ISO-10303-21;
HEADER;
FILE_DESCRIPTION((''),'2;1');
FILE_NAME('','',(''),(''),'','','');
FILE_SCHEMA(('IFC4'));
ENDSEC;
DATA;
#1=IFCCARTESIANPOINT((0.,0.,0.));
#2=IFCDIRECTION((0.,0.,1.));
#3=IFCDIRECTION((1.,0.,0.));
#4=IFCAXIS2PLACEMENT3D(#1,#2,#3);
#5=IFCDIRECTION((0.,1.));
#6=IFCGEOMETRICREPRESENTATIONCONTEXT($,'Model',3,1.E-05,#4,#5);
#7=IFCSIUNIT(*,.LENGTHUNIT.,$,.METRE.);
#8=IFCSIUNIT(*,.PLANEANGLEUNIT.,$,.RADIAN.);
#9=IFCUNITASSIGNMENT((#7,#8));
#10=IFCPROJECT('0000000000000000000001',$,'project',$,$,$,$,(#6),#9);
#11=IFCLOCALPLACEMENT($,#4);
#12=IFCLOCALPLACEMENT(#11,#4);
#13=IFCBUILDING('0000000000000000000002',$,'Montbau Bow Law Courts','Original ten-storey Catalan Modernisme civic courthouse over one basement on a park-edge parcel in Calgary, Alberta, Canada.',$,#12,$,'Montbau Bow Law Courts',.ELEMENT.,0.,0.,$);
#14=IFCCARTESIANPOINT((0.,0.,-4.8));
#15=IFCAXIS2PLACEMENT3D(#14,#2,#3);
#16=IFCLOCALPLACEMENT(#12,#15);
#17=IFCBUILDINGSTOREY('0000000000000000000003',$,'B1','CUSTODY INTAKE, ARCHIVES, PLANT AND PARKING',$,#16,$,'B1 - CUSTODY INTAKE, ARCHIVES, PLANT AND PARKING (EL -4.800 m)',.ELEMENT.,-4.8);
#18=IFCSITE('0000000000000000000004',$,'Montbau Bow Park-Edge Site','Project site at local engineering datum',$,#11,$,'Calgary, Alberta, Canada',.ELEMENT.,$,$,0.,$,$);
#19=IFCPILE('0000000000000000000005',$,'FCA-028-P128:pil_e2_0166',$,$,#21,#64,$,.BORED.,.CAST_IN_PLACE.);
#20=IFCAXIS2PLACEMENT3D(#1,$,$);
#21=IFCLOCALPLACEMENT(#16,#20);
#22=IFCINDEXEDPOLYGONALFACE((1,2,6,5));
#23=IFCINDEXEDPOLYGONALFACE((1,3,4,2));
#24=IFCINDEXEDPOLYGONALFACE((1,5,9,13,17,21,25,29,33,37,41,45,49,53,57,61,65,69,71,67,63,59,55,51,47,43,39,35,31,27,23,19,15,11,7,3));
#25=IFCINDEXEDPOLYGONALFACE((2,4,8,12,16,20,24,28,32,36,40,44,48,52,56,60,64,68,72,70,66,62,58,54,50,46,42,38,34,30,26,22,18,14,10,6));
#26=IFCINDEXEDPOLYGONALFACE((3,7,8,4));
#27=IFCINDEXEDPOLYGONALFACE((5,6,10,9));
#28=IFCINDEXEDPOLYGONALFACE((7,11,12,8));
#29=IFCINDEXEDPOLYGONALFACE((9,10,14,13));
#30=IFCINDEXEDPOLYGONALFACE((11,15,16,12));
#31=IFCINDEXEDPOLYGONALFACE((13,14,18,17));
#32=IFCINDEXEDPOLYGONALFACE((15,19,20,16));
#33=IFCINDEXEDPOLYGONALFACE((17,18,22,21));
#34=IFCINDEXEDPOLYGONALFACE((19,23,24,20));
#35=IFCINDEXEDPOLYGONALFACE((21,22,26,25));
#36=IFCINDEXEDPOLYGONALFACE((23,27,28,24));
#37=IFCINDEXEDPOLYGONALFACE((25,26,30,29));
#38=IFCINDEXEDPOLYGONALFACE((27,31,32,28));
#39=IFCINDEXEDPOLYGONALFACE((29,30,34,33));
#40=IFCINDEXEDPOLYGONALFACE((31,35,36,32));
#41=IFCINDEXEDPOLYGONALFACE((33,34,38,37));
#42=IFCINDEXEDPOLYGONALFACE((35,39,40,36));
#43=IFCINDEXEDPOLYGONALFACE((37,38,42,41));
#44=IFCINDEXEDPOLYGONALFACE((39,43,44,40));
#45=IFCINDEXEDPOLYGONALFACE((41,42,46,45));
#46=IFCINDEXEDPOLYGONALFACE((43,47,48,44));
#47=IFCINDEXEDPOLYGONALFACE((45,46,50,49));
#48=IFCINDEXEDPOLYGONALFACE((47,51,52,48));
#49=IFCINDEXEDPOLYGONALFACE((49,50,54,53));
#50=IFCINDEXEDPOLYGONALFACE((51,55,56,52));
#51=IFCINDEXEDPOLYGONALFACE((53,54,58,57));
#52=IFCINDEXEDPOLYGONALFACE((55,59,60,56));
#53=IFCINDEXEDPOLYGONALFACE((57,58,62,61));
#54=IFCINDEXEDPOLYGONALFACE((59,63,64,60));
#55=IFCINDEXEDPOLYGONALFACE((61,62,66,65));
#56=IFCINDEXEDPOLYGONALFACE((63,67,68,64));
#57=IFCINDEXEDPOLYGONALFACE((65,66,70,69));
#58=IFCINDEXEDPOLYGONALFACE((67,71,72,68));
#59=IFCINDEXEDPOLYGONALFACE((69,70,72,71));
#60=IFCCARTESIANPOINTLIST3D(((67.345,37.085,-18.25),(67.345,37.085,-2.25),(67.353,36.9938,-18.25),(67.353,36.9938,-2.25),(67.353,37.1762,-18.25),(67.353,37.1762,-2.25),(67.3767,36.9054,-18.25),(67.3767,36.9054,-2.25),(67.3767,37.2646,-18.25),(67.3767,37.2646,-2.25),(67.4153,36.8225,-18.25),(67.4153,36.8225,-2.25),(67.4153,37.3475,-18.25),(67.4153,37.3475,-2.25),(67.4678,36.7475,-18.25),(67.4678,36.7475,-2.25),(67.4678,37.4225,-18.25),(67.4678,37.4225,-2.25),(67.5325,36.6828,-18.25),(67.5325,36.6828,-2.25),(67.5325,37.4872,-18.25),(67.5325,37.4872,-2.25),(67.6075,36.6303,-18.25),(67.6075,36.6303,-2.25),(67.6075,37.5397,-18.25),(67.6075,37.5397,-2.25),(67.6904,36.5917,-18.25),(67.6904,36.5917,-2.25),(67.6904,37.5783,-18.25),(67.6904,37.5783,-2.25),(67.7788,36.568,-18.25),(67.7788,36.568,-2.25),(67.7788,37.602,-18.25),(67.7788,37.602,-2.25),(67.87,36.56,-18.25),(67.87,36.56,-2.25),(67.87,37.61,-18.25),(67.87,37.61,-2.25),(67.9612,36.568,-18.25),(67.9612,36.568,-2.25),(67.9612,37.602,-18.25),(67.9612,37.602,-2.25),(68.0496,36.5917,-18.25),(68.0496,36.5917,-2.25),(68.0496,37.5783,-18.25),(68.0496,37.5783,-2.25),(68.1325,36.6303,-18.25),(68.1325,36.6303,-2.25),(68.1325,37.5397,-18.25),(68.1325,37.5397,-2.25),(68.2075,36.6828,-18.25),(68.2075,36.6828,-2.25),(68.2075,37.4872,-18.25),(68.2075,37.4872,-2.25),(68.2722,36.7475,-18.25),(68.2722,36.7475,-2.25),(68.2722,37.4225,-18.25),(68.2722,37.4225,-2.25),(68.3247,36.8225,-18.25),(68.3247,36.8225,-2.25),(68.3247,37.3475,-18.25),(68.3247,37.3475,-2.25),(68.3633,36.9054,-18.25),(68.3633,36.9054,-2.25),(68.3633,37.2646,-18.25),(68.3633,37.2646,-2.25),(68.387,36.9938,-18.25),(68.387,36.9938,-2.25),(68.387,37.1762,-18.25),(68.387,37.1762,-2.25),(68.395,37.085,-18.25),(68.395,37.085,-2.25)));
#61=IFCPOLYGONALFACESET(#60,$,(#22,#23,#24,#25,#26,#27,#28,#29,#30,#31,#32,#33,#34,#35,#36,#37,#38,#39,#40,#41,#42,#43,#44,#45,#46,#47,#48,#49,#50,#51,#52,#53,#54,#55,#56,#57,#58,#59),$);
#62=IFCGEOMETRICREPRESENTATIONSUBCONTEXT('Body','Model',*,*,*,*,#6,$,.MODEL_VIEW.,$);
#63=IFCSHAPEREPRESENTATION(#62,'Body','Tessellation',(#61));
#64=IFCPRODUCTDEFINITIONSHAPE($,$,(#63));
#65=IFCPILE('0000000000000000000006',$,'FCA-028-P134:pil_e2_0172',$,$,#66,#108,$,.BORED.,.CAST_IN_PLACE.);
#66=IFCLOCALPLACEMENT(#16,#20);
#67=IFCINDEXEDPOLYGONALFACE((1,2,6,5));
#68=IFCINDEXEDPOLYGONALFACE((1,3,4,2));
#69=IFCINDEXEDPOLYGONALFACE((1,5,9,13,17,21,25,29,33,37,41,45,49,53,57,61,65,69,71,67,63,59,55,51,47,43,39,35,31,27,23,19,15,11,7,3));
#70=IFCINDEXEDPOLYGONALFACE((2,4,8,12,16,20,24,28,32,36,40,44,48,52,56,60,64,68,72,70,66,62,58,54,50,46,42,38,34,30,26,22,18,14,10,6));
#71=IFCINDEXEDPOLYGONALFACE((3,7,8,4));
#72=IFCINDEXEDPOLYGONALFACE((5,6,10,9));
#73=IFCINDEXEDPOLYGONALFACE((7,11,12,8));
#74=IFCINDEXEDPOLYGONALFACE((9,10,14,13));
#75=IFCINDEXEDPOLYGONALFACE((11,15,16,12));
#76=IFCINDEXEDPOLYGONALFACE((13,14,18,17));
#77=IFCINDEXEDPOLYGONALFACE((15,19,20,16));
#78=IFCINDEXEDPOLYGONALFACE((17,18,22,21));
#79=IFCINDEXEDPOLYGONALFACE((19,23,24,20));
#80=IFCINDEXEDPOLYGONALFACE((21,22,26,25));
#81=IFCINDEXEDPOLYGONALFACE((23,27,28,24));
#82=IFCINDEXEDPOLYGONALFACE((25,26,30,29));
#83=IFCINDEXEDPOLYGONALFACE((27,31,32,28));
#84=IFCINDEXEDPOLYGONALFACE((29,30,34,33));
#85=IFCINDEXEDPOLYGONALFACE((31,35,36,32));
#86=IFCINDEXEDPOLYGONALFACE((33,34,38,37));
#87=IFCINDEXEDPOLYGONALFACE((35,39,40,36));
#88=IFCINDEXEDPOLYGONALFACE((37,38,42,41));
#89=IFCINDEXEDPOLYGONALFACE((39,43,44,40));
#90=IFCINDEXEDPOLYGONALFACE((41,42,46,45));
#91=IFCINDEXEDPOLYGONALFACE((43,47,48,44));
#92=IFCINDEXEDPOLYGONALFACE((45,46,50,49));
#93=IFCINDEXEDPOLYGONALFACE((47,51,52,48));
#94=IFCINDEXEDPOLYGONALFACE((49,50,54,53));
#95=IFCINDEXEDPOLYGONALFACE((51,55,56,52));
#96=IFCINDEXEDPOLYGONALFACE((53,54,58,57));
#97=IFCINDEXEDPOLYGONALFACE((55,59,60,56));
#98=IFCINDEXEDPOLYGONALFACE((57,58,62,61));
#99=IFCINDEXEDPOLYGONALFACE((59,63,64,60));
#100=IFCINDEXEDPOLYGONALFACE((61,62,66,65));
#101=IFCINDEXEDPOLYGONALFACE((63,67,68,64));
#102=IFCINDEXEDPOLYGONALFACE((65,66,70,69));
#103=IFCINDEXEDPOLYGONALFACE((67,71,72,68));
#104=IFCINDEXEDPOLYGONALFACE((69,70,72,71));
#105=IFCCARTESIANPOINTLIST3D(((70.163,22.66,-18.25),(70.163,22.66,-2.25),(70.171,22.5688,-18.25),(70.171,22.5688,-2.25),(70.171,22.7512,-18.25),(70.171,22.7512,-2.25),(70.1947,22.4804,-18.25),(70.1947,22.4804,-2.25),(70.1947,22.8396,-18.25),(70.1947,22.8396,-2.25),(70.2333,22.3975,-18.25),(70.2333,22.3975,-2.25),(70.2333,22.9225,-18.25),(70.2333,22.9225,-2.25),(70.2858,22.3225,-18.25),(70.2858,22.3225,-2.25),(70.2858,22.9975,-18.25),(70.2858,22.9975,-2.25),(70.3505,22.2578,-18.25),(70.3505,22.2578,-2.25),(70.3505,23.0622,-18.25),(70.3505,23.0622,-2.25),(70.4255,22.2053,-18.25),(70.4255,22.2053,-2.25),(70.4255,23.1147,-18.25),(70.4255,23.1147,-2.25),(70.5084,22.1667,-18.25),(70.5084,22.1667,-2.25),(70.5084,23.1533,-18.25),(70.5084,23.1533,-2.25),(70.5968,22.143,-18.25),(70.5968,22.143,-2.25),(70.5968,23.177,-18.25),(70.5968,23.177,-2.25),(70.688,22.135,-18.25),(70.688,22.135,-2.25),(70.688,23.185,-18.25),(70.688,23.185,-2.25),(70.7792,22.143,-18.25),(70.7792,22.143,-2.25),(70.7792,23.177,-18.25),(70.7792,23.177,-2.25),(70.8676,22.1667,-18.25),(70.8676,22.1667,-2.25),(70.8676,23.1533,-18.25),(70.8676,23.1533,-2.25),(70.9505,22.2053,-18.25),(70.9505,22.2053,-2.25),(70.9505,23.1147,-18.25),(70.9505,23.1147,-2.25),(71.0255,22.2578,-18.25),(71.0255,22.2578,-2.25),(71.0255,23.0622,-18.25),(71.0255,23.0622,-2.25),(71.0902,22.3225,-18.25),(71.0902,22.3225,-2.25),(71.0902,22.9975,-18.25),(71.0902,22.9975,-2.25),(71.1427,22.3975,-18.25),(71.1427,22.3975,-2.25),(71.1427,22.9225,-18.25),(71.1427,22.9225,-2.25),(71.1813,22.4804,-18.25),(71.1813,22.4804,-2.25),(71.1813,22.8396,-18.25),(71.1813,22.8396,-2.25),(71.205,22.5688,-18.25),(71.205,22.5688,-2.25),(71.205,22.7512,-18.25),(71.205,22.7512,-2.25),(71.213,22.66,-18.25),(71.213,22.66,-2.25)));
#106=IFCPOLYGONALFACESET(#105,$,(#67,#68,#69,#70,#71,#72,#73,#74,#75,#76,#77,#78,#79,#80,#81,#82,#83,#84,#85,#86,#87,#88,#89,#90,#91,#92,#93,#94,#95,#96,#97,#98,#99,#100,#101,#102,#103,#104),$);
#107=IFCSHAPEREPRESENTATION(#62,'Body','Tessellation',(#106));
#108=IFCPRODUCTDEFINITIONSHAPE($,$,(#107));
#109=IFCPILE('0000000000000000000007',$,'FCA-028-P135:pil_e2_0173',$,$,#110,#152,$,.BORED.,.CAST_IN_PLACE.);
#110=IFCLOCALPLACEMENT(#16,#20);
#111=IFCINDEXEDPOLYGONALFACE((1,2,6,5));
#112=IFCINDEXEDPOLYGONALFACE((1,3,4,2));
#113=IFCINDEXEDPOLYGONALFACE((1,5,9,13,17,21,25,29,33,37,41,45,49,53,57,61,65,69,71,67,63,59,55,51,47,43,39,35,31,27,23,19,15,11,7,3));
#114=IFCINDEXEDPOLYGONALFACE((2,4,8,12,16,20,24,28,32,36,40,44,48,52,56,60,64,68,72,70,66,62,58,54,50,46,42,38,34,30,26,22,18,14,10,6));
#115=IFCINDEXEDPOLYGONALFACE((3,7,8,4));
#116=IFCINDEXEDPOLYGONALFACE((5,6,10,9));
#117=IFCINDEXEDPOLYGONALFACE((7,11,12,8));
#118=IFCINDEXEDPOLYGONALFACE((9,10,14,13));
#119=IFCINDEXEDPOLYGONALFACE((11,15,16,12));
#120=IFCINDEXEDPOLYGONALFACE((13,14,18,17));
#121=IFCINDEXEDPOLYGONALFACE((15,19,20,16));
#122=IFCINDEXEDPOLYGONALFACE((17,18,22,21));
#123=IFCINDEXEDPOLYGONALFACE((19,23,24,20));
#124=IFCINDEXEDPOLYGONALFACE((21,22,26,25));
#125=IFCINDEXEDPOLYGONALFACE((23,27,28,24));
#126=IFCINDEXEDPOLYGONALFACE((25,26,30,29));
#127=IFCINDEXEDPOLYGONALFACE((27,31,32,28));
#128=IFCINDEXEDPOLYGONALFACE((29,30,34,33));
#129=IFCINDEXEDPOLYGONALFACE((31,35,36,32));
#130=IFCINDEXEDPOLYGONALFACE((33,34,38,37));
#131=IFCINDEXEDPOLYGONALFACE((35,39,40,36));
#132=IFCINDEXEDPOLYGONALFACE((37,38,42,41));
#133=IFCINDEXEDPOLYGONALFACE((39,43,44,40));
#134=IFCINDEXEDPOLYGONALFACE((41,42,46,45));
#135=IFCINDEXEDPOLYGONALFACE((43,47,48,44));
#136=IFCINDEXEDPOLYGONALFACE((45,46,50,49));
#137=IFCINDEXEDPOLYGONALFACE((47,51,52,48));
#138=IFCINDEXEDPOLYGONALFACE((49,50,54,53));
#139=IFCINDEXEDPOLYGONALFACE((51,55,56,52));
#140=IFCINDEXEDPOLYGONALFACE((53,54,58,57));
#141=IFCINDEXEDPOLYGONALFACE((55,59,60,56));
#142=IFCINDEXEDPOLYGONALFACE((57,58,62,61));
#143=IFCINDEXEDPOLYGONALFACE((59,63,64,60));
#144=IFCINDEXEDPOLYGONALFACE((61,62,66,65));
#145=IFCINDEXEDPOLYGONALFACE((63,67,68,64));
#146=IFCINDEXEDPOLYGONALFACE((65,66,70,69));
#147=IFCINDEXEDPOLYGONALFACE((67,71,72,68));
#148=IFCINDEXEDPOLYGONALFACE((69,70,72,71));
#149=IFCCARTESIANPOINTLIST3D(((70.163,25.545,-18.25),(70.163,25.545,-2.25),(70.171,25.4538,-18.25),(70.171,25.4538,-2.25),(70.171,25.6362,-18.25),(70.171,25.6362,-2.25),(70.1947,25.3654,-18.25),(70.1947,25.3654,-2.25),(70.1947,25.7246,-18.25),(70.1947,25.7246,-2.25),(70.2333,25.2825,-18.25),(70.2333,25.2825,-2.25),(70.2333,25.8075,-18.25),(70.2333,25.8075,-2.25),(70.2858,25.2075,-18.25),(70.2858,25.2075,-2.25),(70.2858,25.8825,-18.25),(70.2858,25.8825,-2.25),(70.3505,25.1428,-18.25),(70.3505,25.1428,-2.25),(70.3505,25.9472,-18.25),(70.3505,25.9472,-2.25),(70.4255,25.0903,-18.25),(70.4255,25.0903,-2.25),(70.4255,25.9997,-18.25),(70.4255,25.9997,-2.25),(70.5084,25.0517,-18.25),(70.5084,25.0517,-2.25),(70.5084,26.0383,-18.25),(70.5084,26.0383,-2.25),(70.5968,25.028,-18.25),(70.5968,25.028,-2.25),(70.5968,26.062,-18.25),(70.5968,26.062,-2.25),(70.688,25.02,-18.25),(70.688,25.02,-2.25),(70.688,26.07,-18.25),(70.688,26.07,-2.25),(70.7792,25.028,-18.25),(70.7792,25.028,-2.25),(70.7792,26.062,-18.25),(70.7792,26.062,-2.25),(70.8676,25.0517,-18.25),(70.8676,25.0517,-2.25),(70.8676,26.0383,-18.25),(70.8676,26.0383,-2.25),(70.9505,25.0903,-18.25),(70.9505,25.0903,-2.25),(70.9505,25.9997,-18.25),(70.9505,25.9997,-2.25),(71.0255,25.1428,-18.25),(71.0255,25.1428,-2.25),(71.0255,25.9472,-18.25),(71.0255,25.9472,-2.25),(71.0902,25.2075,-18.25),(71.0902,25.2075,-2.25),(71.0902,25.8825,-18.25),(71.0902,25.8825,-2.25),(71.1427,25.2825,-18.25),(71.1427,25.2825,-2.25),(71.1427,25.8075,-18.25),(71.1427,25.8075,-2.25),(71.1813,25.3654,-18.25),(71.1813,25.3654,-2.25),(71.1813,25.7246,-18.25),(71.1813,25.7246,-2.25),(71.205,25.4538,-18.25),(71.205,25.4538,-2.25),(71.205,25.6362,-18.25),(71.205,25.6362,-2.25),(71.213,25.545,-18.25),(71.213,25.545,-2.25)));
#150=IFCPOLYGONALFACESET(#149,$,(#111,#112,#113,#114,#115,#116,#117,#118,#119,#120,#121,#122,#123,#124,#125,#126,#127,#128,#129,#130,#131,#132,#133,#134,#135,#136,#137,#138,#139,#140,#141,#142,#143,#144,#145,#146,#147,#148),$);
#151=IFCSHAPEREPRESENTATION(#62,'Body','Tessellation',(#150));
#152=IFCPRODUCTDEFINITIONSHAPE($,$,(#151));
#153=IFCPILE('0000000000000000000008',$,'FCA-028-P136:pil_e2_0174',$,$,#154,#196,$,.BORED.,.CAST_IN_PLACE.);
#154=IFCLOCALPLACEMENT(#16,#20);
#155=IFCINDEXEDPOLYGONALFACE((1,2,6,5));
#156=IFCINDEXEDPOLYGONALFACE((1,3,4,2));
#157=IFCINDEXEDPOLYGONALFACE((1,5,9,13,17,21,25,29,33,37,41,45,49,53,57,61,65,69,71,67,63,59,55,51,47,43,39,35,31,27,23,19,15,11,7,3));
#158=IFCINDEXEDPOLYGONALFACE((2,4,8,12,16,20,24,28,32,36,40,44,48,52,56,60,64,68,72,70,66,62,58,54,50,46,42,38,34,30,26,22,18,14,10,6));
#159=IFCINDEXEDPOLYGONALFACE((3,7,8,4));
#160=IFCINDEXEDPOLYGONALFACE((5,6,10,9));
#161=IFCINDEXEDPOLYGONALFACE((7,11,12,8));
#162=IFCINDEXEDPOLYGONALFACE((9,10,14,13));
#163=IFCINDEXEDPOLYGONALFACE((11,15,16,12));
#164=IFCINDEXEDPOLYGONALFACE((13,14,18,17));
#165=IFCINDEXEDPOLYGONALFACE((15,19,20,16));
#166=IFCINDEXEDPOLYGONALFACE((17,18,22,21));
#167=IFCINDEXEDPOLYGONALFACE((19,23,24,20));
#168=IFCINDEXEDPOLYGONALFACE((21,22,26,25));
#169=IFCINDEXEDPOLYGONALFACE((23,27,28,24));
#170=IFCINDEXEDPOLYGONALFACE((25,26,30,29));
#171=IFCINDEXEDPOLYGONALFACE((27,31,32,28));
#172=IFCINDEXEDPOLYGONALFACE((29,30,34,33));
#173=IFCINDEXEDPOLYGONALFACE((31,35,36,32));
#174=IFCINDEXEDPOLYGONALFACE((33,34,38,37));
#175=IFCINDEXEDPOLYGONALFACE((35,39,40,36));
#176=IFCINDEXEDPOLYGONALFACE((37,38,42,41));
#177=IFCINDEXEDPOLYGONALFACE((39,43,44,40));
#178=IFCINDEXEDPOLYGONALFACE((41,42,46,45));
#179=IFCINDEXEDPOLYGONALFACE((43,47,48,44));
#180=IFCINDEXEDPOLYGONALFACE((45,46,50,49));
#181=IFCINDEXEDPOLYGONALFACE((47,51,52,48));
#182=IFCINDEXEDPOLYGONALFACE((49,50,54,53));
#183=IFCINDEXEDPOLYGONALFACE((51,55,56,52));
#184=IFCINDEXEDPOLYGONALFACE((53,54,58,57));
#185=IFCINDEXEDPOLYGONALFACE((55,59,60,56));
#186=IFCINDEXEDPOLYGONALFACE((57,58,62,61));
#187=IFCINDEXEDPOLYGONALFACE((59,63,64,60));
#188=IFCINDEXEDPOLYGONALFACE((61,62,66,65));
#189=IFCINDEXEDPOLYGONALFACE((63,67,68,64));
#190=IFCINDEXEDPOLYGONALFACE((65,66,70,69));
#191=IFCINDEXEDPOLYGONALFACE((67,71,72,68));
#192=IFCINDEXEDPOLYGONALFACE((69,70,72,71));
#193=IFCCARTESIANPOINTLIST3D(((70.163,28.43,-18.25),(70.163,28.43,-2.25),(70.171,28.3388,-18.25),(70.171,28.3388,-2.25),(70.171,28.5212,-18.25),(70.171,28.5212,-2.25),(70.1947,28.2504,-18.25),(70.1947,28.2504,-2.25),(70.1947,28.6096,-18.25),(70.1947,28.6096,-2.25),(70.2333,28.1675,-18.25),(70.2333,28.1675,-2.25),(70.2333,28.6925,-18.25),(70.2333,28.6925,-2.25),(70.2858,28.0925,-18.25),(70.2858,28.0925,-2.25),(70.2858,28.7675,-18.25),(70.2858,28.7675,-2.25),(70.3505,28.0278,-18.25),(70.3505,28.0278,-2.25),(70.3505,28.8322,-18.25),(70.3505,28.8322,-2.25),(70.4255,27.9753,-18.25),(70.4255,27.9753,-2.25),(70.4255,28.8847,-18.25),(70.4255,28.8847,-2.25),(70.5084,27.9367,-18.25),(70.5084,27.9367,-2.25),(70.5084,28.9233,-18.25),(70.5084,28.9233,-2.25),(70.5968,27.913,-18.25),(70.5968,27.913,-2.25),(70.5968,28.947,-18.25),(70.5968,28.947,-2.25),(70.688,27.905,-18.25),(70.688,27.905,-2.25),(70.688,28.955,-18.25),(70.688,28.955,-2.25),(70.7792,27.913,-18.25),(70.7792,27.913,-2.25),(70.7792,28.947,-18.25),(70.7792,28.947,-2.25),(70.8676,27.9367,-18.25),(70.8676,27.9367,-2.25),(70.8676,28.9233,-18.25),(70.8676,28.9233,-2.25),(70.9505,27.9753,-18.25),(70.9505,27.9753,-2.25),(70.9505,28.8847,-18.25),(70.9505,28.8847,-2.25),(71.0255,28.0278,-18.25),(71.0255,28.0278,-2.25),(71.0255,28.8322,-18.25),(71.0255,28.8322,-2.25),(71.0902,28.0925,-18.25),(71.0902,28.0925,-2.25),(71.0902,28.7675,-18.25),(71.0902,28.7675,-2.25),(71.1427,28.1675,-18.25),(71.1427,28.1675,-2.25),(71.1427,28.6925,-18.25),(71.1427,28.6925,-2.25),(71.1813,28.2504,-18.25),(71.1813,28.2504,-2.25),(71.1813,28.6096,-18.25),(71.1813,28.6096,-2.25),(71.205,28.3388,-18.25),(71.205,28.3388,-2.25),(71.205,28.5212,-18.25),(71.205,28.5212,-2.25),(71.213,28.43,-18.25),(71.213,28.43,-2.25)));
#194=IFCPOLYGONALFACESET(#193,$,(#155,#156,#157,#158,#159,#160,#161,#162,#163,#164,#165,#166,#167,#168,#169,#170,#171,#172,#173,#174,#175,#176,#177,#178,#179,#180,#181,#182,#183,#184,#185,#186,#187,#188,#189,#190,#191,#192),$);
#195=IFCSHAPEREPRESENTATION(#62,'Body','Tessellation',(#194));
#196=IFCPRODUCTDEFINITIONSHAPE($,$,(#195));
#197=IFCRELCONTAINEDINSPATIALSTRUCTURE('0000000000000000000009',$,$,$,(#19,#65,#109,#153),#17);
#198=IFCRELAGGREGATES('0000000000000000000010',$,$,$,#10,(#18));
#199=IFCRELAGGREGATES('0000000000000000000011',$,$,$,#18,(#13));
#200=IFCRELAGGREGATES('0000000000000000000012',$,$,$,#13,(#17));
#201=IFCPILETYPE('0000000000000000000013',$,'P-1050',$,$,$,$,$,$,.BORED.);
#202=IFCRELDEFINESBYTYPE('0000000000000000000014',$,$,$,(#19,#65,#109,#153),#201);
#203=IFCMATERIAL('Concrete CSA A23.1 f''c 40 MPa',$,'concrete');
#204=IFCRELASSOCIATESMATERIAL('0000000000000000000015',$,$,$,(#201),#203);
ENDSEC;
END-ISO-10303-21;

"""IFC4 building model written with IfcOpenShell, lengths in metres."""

from ifc_helpers import new_model, si_unit, direction, frame, origin_with_axes, origin_2d_with_axis, place, context, subcontext, project, spatial, circle, extrude, material, material_profile, profile_set, type_object, element, save


model = new_model("IFC4")

# Units and contexts
model_context = context("Model", 3, precision=1e-05, world=origin_with_axes(), true_north=direction((0.0, 1.0)))
body_context = subcontext(model_context, "Body", "Model", "MODEL_VIEW")
ifc_project = project(units=[si_unit("LENGTHUNIT", "METRE"), si_unit("PLANEANGLEUNIT", "RADIAN")], contexts=[model_context])

# Site, building, storey
site_placement = place(None, origin_with_axes())
site = spatial("IfcSite", under=ifc_project, at=site_placement, Name="Montbau Bow Park-Edge Site", Description="Project site at local engineering datum", LongName="Calgary, Alberta, Canada", CompositionType="ELEMENT", RefElevation=0.0)
building_placement = place(site_placement, origin_with_axes())
building = spatial("IfcBuilding", under=site, at=building_placement, Name="Montbau Bow Law Courts", Description="Original ten-storey Catalan Modernisme civic courthouse over one basement on a park-edge parcel in Calgary, Alberta, Canada.", LongName="Montbau Bow Law Courts", CompositionType="ELEMENT", ElevationOfRefHeight=0.0, ElevationOfTerrain=0.0)
storey_placement = place(building_placement, frame((0.0, 0.0, -4.8), z_axis=(0.0, 0.0, 1.0), x_axis=(1.0, 0.0, 0.0)))
storey = spatial("IfcBuildingStorey", under=building, at=storey_placement, Name="B1", Description="CUSTODY INTAKE, ARCHIVES, PLANT AND PARKING", LongName="B1 - CUSTODY INTAKE, ARCHIVES, PLANT AND PARKING (EL -4.800 m)", CompositionType="ELEMENT", Elevation=-4.8)

# Piles
ifc_material_1 = material(Name="Concrete CSA A23.1 f'c 40 MPa", Category="concrete")
ifc_material_profile_1 = material_profile(ifc_material_1, circle(Radius=0.525, at=origin_2d_with_axis()), Name="BP1050", Category="Main", Priority=0)
ifc_profile_set_1 = profile_set([ifc_material_profile_1], Name="Concrete CSA A23.1 f'c 40 MPa")
pile_type = type_object("IfcPileType", Name="P-1050", PredefinedType="BORED", material=ifc_profile_set_1)
for number, where, z_axis, x_axis, name in (
    (1, (67.87, 37.085, -23.05), (0.0, 0.0, 1.0), (1.0, 0.0, 0.0), "FCA-028-P128:pil_e2_0166"),
    (2, (70.688, 22.66, -23.05), (0.0, 0.0, 1.0), (1.0, 0.0, 0.0), "FCA-028-P134:pil_e2_0172"),
    (3, (70.688, 25.545, -23.05), (0.0, 0.0, 1.0), (1.0, 0.0, 0.0), "FCA-028-P135:pil_e2_0173"),
    (4, (70.688, 28.43, -23.05), (0.0, 0.0, 1.0), (1.0, 0.0, 0.0), "FCA-028-P136:pil_e2_0174"),
):
    element("IfcPile", number, at=place(None, frame(where, z_axis=z_axis, x_axis=x_axis)), inside=storey, type_object=pile_type, Name=name, ConstructionType="CAST_IN_PLACE", PredefinedType="BORED", context=body_context, shape_type="SweptSolid", body=[
        extrude(circle(Radius=0.525, at=origin_2d_with_axis()), origin_with_axes(), (0.0, 0.0, 1.0), 16.0),
    ])

save(model, "model.ifc")
